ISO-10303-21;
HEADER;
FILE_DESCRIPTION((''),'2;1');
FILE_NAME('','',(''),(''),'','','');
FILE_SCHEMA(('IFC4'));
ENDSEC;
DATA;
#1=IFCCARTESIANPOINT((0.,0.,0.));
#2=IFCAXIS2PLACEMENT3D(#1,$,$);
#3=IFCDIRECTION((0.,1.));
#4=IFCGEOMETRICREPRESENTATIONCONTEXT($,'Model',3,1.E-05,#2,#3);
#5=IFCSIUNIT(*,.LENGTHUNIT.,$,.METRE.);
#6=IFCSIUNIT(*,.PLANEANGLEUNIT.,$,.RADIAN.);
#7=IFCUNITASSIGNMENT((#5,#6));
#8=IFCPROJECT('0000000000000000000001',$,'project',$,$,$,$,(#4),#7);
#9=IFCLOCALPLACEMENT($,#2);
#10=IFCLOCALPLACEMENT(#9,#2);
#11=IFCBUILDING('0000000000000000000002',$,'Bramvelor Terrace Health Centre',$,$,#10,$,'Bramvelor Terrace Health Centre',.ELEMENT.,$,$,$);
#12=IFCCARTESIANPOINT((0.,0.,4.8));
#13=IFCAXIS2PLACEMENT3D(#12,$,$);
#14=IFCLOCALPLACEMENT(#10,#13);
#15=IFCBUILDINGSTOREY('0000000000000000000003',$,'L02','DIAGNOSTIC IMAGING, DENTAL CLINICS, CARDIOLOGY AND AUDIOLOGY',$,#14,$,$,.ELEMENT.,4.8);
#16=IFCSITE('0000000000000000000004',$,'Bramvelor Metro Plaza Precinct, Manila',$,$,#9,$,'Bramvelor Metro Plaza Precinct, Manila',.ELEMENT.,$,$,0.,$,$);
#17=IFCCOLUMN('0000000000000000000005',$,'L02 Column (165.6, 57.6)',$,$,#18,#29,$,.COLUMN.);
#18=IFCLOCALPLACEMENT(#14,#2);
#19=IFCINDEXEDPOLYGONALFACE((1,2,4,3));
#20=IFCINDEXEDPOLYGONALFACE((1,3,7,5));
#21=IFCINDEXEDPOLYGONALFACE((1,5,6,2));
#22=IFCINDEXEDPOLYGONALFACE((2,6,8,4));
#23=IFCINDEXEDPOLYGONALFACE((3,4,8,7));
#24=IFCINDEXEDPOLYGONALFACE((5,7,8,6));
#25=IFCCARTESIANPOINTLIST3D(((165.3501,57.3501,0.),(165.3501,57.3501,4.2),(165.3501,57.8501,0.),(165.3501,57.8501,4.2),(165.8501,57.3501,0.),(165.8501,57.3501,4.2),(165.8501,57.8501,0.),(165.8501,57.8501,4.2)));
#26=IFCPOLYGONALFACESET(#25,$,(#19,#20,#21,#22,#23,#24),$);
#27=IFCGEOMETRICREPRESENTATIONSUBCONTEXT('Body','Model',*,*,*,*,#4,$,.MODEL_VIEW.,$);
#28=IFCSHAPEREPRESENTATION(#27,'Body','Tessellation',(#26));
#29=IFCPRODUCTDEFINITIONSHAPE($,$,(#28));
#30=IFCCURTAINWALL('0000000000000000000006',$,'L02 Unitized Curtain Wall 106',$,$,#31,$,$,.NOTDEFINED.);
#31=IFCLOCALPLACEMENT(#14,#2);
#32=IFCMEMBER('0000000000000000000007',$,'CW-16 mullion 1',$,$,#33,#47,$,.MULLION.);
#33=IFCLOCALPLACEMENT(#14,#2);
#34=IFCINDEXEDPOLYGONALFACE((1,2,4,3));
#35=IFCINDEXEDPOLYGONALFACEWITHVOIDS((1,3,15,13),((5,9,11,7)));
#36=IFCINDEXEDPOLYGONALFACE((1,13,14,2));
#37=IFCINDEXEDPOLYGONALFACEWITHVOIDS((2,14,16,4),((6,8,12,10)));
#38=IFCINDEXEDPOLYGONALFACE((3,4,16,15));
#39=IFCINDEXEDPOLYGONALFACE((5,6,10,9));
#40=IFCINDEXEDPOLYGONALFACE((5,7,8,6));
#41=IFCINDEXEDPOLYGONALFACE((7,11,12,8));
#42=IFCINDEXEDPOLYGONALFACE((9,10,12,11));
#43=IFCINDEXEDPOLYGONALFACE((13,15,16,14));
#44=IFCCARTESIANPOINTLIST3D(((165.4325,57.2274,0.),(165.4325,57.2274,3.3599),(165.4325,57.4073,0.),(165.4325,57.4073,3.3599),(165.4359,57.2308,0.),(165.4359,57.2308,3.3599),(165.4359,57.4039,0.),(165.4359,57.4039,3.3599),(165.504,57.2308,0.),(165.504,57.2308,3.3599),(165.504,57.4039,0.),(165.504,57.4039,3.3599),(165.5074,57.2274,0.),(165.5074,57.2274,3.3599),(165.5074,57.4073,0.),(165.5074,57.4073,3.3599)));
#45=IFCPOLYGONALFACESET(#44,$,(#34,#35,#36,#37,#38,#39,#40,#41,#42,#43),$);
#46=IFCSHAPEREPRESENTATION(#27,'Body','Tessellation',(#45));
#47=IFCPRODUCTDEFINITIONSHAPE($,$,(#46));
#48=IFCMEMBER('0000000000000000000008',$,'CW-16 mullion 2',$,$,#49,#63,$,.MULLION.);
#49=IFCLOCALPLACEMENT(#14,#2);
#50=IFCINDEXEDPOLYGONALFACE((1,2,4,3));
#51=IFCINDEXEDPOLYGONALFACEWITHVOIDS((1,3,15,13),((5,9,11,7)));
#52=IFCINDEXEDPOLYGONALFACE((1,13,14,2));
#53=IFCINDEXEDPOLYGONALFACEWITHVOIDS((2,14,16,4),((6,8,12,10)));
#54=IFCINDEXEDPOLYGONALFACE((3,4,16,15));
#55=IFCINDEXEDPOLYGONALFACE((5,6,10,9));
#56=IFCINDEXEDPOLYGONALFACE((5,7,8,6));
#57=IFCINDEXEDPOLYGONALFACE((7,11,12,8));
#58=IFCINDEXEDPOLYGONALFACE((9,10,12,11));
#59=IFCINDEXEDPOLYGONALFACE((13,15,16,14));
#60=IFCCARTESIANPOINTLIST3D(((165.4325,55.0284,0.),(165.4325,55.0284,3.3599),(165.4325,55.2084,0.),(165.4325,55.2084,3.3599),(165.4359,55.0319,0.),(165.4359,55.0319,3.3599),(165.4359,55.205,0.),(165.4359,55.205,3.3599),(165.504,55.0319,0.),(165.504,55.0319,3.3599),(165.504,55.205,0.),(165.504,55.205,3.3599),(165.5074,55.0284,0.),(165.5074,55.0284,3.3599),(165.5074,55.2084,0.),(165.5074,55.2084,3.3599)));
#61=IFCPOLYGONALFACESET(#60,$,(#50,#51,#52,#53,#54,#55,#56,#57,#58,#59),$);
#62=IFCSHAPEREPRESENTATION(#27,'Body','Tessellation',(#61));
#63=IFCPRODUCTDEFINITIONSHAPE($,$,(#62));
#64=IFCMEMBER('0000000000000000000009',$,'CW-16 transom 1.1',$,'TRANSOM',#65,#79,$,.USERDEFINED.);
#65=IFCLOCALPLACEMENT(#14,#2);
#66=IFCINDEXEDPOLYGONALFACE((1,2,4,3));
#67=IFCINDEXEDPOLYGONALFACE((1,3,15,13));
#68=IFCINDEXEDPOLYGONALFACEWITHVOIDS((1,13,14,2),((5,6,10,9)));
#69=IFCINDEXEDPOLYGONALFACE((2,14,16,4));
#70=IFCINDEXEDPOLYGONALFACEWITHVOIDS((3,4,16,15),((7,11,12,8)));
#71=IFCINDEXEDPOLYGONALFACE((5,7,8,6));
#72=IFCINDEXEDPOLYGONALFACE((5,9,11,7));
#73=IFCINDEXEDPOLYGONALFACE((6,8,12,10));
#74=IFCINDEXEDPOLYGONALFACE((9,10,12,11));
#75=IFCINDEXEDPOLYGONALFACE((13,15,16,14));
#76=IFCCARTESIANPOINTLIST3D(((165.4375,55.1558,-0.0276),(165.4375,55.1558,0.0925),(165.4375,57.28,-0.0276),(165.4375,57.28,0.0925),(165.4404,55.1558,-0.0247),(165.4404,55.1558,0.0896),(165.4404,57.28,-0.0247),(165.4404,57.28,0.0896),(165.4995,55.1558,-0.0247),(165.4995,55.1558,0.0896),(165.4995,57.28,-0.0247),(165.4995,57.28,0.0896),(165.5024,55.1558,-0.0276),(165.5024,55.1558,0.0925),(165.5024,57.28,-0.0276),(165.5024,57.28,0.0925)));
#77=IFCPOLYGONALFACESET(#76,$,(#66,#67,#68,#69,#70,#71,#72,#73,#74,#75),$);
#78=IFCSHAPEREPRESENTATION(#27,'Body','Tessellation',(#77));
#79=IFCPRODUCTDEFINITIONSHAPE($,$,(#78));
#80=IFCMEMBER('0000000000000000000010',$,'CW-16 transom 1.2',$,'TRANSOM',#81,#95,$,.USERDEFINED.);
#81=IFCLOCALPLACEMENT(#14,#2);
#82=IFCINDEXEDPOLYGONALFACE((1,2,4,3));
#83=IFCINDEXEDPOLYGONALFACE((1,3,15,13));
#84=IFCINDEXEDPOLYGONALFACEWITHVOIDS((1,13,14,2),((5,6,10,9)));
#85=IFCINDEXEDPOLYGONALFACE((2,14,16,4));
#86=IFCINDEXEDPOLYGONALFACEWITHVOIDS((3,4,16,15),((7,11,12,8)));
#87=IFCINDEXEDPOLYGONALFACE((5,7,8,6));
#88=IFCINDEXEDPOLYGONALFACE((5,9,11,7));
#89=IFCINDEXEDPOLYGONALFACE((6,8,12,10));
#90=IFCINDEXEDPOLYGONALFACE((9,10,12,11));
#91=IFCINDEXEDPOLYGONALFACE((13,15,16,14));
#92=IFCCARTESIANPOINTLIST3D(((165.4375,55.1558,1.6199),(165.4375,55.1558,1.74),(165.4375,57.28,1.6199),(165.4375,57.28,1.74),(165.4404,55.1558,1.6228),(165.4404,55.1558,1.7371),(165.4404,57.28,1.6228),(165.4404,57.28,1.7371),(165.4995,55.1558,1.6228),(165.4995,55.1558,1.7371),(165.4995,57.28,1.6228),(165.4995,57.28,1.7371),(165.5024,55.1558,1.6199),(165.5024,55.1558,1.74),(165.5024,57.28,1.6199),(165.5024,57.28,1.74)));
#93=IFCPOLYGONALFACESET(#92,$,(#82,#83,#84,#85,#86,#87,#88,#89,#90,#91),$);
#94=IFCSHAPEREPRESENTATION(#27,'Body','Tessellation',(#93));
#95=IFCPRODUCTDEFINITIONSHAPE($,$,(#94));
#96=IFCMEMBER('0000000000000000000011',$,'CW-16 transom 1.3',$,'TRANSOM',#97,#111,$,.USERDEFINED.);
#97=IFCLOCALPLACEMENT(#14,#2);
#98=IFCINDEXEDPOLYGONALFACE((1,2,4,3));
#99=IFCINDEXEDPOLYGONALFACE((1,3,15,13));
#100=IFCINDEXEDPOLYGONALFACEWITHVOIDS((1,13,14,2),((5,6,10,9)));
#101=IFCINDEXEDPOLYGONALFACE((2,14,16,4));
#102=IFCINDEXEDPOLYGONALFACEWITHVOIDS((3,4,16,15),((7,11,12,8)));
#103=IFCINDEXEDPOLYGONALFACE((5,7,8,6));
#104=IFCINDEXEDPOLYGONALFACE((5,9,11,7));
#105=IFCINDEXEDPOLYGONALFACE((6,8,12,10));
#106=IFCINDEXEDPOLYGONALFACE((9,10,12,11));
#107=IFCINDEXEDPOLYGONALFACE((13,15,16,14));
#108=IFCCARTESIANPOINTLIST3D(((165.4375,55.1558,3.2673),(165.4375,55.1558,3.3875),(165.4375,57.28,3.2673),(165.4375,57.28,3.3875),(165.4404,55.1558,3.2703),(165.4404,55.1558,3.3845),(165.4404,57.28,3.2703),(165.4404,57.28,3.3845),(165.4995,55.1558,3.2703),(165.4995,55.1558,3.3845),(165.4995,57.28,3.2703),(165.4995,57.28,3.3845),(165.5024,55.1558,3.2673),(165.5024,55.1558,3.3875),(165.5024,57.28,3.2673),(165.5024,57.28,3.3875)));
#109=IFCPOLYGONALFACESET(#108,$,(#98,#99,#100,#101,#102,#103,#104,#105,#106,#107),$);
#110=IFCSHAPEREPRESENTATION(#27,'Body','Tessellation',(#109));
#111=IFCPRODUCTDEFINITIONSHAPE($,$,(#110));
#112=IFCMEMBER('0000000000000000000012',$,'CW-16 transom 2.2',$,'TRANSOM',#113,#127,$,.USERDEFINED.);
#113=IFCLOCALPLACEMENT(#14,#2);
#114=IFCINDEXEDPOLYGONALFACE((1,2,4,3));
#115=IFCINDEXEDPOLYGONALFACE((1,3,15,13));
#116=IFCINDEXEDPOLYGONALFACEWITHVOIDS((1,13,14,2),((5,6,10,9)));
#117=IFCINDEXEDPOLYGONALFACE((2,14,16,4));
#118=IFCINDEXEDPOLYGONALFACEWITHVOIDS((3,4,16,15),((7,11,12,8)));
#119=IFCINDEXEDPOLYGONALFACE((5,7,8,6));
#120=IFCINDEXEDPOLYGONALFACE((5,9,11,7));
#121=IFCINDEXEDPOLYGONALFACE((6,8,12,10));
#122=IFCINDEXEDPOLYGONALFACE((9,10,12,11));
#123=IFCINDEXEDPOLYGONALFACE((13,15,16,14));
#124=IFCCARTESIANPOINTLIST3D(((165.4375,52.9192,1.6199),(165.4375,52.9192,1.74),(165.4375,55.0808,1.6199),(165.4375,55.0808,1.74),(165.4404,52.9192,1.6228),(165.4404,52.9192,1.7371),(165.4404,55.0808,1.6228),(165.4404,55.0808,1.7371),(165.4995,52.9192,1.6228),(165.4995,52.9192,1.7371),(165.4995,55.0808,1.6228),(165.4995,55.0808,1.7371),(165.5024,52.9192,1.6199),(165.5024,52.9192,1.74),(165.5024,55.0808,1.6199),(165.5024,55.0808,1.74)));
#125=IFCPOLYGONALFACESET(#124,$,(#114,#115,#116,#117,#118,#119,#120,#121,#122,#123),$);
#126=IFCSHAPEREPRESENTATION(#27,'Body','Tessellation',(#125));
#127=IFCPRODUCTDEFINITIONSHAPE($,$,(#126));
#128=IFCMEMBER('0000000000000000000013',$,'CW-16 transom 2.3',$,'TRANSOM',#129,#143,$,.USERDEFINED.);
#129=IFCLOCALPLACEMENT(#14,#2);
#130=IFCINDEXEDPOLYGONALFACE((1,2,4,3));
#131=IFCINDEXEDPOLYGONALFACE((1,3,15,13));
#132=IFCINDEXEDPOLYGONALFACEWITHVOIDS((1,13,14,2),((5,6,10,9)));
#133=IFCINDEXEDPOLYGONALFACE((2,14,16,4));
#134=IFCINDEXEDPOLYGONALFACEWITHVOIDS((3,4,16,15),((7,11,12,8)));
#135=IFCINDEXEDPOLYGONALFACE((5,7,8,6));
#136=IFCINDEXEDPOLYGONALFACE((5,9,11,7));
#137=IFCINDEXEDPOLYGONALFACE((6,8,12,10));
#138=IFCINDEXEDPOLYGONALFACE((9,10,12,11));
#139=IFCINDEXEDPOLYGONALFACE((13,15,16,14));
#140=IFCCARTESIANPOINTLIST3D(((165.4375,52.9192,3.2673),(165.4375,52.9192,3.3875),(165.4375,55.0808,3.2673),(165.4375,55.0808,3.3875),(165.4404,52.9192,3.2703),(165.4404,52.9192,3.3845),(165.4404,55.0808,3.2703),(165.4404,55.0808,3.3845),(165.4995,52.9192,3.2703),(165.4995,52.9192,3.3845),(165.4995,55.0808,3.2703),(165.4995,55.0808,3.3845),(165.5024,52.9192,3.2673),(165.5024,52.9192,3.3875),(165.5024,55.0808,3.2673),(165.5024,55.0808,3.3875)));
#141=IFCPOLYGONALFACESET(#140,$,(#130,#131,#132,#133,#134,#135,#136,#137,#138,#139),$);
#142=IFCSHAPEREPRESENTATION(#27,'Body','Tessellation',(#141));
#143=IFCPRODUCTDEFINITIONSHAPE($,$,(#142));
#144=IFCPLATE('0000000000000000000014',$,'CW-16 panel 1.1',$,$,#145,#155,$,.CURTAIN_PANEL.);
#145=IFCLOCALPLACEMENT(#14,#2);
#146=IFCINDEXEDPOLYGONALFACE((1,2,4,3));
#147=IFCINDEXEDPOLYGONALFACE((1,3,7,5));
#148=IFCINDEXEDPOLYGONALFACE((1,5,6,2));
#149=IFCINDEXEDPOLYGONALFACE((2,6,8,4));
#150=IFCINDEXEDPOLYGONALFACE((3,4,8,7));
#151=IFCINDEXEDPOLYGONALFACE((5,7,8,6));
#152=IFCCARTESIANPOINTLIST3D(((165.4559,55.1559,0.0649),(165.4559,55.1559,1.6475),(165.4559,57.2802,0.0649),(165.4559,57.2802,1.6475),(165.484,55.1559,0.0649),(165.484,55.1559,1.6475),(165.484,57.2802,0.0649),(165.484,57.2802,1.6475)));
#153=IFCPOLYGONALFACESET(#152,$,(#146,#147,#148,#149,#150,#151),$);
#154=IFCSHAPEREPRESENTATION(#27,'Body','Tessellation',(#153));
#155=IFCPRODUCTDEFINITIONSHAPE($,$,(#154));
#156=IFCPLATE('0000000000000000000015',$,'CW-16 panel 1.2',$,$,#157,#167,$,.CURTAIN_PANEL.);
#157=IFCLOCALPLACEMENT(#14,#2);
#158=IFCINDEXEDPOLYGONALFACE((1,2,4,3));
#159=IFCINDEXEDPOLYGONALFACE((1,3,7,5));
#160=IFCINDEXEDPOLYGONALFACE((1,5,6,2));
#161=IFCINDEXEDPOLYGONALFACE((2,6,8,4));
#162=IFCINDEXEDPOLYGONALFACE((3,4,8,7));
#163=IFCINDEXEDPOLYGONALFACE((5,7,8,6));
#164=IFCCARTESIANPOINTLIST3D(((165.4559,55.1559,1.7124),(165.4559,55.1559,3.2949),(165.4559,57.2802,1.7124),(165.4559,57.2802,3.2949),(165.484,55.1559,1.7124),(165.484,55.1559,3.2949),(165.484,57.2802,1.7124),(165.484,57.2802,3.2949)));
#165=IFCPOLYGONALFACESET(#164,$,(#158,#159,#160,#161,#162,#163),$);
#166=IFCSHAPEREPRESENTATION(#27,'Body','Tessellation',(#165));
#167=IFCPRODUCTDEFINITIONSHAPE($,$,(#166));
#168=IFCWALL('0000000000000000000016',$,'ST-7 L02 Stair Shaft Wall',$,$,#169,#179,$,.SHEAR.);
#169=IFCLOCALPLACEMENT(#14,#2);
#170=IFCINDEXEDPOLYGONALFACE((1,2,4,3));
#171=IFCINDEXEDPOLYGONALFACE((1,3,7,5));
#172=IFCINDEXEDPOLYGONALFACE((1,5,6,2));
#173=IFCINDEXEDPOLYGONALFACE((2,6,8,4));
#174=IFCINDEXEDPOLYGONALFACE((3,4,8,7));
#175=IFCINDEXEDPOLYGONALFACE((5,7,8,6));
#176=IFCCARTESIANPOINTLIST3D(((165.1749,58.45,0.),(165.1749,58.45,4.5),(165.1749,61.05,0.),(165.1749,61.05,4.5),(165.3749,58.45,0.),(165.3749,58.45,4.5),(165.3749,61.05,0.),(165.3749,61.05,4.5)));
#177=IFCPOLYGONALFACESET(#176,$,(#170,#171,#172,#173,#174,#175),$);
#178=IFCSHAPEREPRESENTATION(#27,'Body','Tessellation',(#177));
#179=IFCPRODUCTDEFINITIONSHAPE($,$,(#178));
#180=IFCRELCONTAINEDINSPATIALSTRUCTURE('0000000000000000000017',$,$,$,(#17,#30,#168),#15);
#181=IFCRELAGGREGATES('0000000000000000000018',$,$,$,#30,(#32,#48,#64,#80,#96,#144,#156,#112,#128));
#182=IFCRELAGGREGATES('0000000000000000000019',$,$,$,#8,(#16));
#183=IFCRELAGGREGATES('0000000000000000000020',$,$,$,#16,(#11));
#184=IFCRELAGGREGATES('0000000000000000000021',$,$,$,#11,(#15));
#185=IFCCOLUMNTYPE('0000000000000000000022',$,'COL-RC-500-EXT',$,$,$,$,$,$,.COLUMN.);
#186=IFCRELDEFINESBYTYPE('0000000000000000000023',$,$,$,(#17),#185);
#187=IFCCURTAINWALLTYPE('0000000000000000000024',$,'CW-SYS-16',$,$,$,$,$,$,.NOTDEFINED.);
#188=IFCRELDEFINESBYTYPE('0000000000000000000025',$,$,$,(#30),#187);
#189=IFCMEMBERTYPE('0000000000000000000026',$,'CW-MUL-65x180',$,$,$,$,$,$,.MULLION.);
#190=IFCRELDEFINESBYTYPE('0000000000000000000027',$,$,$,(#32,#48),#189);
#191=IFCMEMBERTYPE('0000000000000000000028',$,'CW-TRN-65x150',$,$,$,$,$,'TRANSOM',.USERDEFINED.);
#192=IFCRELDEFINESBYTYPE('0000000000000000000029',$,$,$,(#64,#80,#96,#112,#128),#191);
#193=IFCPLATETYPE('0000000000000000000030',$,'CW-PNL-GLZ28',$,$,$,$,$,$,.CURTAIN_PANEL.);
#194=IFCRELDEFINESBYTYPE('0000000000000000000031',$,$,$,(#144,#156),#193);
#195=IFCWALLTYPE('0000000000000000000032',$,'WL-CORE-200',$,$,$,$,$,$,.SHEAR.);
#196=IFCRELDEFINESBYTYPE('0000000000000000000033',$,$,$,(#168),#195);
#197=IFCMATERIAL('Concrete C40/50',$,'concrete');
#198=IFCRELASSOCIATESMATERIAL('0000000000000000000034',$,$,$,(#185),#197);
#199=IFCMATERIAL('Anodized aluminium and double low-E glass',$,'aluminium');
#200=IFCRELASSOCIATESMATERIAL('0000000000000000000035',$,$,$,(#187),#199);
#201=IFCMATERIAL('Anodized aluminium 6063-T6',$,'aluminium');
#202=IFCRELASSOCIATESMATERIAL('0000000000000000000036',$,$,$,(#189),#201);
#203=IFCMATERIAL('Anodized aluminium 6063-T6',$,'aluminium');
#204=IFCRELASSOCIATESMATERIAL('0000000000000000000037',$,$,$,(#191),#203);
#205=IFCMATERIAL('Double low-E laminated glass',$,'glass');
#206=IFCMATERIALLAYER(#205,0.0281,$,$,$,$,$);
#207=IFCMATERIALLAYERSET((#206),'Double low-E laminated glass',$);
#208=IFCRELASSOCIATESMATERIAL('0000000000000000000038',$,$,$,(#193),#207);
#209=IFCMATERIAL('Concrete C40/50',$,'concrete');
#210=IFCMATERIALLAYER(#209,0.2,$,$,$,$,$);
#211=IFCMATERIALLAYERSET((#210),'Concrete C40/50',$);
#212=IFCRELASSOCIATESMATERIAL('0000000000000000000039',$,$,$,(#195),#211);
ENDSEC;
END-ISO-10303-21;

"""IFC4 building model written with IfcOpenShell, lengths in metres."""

from ifc_helpers import new_model, si_unit, direction, frame, frame_2d, origin, origin_2d, place, context, subcontext, project, spatial, rectangle, hollow_rectangle, extrude, material, layer, layer_set, material_profile, profile_set, type_object, element, aggregate, save


model = new_model("IFC4")

# Units and contexts
model_context = context("Model", 3, precision=1e-05, world=origin(), true_north=direction((0.0, 1.0)))
body_context = subcontext(model_context, "Body", "Model", "MODEL_VIEW")
ifc_project = project(units=[si_unit("LENGTHUNIT", "METRE"), si_unit("PLANEANGLEUNIT", "RADIAN")], contexts=[model_context])

# Site, building, storey
site_placement = place(None, origin())
site = spatial("IfcSite", under=ifc_project, at=site_placement, Name="Bramvelor Metro Plaza Precinct, Manila", LongName="Bramvelor Metro Plaza Precinct, Manila", CompositionType="ELEMENT", RefElevation=0.0)
building_placement = place(site_placement, origin())
building = spatial("IfcBuilding", under=site, at=building_placement, Name="Bramvelor Terrace Health Centre", LongName="Bramvelor Terrace Health Centre", CompositionType="ELEMENT")
storey_placement = place(building_placement, frame((0.0, 0.0, 4.8)))
storey = spatial("IfcBuildingStorey", under=building, at=storey_placement, Name="L02", Description="DIAGNOSTIC IMAGING, DENTAL CLINICS, CARDIOLOGY AND AUDIOLOGY", CompositionType="ELEMENT", Elevation=4.8)

# Column
ifc_material_1 = material(Name="Concrete C40/50", Category="concrete")
ifc_material_profile_1 = material_profile(ifc_material_1, rectangle(XDim=0.5, YDim=0.5, at=origin_2d()), Name="RC 500x500")
ifc_profile_set_1 = profile_set([ifc_material_profile_1], Name="Concrete C40/50")
column_type = type_object("IfcColumnType", Name="COL-RC-500-EXT", PredefinedType="COLUMN", material=ifc_profile_set_1)
column_placement = place(storey_placement, frame((165.6001, 57.6001, 0.0), z_axis=(0.0, 0.0, 1.0), x_axis=(1.0, 0.0, 0.0)))
element("IfcColumn", 1, at=column_placement, inside=storey, type_object=column_type, Name="L02 Column (165.6, 57.6)", PredefinedType="COLUMN", context=body_context, shape_type="SweptSolid", body=[
    extrude(rectangle(XDim=0.5, YDim=0.5, at=origin_2d()), origin(), (0.0, 0.0, 1.0), 4.2),
])

# Curtain wall, members, plates
ifc_material_2 = material(Name="Anodized aluminium and double low-E glass", Category="aluminium")
curtain_wall_type = type_object("IfcCurtainWallType", Name="CW-SYS-16", PredefinedType="NOTDEFINED", material=ifc_material_2)
curtain_wall_placement = place(storey_placement, origin())
curtain_wall = element("IfcCurtainWall", 2, at=curtain_wall_placement, inside=storey, type_object=curtain_wall_type, Name="L02 Unitized Curtain Wall 106", PredefinedType="NOTDEFINED")
ifc_material_3 = material(Name="Anodized aluminium 6063-T6", Category="aluminium")
ifc_material_profile_2 = material_profile(ifc_material_3, hollow_rectangle(XDim=0.075, YDim=0.1799, WallThickness=0.0034, at=origin_2d()), Name="ALU-MUL 75x180x3.5")
ifc_profile_set_2 = profile_set([ifc_material_profile_2], Name="Anodized aluminium 6063-T6")
member_type_1 = type_object("IfcMemberType", Name="CW-MUL-65x180", PredefinedType="MULLION", material=ifc_profile_set_2)
member_1_placement = place(storey_placement, frame((165.47, 57.3174, 0.0), z_axis=(0.0, 0.0, 1.0), x_axis=(1.0, 0.0, 0.0)))
member_1 = element("IfcMember", 3, at=member_1_placement, type_object=member_type_1, Name="CW-16 mullion 1", PredefinedType="MULLION", context=body_context, shape_type="SweptSolid", body=[
    extrude(hollow_rectangle(XDim=0.075, YDim=0.1799, WallThickness=0.0034, at=origin_2d()), origin(), (0.0, 0.0, 1.0), 3.3599),
])
member_2_placement = place(storey_placement, frame((165.47, 55.1184, 0.0), z_axis=(0.0, 0.0, 1.0), x_axis=(1.0, 0.0, 0.0)))
member_2 = element("IfcMember", 4, at=member_2_placement, type_object=member_type_1, Name="CW-16 mullion 2", PredefinedType="MULLION", context=body_context, shape_type="SweptSolid", body=[
    extrude(hollow_rectangle(XDim=0.075, YDim=0.1799, WallThickness=0.0034, at=origin_2d()), origin(), (0.0, 0.0, 1.0), 3.3599),
])
ifc_material_4 = material(Name="Anodized aluminium 6063-T6", Category="aluminium")
ifc_material_profile_3 = material_profile(ifc_material_4, hollow_rectangle(XDim=0.0649, YDim=0.1201, WallThickness=0.0029, at=origin_2d()), Name="ALU-TRN 65x120x3.0")
ifc_profile_set_3 = profile_set([ifc_material_profile_3], Name="Anodized aluminium 6063-T6")
member_type_2 = type_object("IfcMemberType", Name="CW-TRN-65x150", ElementType="TRANSOM", PredefinedType="USERDEFINED", material=ifc_profile_set_3)
member_3_placement = place(storey_placement, frame((165.47, 57.28, 0.0325), z_axis=(0.0, -1.0, 0.0), x_axis=(1.0, 0.0, 0.0)))
member_3 = element("IfcMember", 5, at=member_3_placement, type_object=member_type_2, Name="CW-16 transom 1.1", ObjectType="TRANSOM", PredefinedType="USERDEFINED", context=body_context, shape_type="SweptSolid", body=[
    extrude(hollow_rectangle(XDim=0.0649, YDim=0.1201, WallThickness=0.0029, at=origin_2d()), origin(), (0.0, 0.0, 1.0), 2.1243),
])
member_4_placement = place(storey_placement, frame((165.47, 57.28, 1.6799), z_axis=(0.0, -1.0, 0.0), x_axis=(1.0, 0.0, 0.0)))
member_4 = element("IfcMember", 6, at=member_4_placement, type_object=member_type_2, Name="CW-16 transom 1.2", ObjectType="TRANSOM", PredefinedType="USERDEFINED", context=body_context, shape_type="SweptSolid", body=[
    extrude(hollow_rectangle(XDim=0.0649, YDim=0.1201, WallThickness=0.0029, at=origin_2d()), origin(), (0.0, 0.0, 1.0), 2.1243),
])
member_5_placement = place(storey_placement, frame((165.47, 57.28, 3.3274), z_axis=(0.0, -1.0, 0.0), x_axis=(1.0, 0.0, 0.0)))
member_5 = element("IfcMember", 7, at=member_5_placement, type_object=member_type_2, Name="CW-16 transom 1.3", ObjectType="TRANSOM", PredefinedType="USERDEFINED", context=body_context, shape_type="SweptSolid", body=[
    extrude(hollow_rectangle(XDim=0.0649, YDim=0.1201, WallThickness=0.0029, at=origin_2d()), origin(), (0.0, 0.0, 1.0), 2.1243),
])
member_6_placement = place(storey_placement, frame((165.47, 55.0808, 1.6799), z_axis=(0.0, -1.0, 0.0), x_axis=(1.0, 0.0, 0.0)))
member_6 = element("IfcMember", 8, at=member_6_placement, type_object=member_type_2, Name="CW-16 transom 2.2", ObjectType="TRANSOM", PredefinedType="USERDEFINED", context=body_context, shape_type="SweptSolid", body=[
    extrude(hollow_rectangle(XDim=0.0649, YDim=0.1201, WallThickness=0.0029, at=origin_2d()), origin(), (0.0, 0.0, 1.0), 2.1616),
])
member_7_placement = place(storey_placement, frame((165.47, 55.0808, 3.3274), z_axis=(0.0, -1.0, 0.0), x_axis=(1.0, 0.0, 0.0)))
member_7 = element("IfcMember", 9, at=member_7_placement, type_object=member_type_2, Name="CW-16 transom 2.3", ObjectType="TRANSOM", PredefinedType="USERDEFINED", context=body_context, shape_type="SweptSolid", body=[
    extrude(hollow_rectangle(XDim=0.0649, YDim=0.1201, WallThickness=0.0029, at=origin_2d()), origin(), (0.0, 0.0, 1.0), 2.1616),
])
ifc_material_5 = material(Name="Double low-E laminated glass", Category="glass")
ifc_layer_1 = layer(ifc_material_5, 0.0281)
ifc_layer_set_1 = layer_set([ifc_layer_1], Name="Double low-E laminated glass")
plate_type = type_object("IfcPlateType", Name="CW-PNL-GLZ28", PredefinedType="CURTAIN_PANEL", material=ifc_layer_set_1)
plate_1_placement = place(storey_placement, frame((165.47, 56.218, 0.0649), z_axis=(0.0, 0.0, 1.0), x_axis=(0.0, -1.0, 0.0)))
plate_1 = element("IfcPlate", 10, at=plate_1_placement, type_object=plate_type, Name="CW-16 panel 1.1", PredefinedType="CURTAIN_PANEL", context=body_context, shape_type="SweptSolid", body=[
    extrude(rectangle(XDim=2.1243, YDim=0.0281, at=origin_2d()), origin(), (0.0, 0.0, 1.0), 1.5825),
])
plate_2_placement = place(storey_placement, frame((165.47, 56.218, 1.7124), z_axis=(0.0, 0.0, 1.0), x_axis=(0.0, -1.0, 0.0)))
plate_2 = element("IfcPlate", 11, at=plate_2_placement, type_object=plate_type, Name="CW-16 panel 1.2", PredefinedType="CURTAIN_PANEL", context=body_context, shape_type="SweptSolid", body=[
    extrude(rectangle(XDim=2.1243, YDim=0.0281, at=origin_2d()), origin(), (0.0, 0.0, 1.0), 1.5825),
])
aggregate(curtain_wall, [member_1, member_2, member_3, member_4, member_5, plate_1, plate_2, member_6, member_7])

# Wall
ifc_material_6 = material(Name="Concrete C40/50", Category="concrete")
ifc_layer_2 = layer(ifc_material_6, 0.2)
ifc_layer_set_2 = layer_set([ifc_layer_2], Name="Concrete C40/50")
wall_type_1 = type_object("IfcWallType", Name="WL-CORE-200", PredefinedType="SHEAR", material=ifc_layer_set_2)
wall_1_placement = place(storey_placement, frame((165.2749, 58.45, 0.0), z_axis=(0.0, 0.0, 1.0), x_axis=(0.0, 1.0, 0.0)))
element("IfcWall", 12, at=wall_1_placement, inside=storey, type_object=wall_type_1, Name="ST-7 L02 Stair Shaft Wall", PredefinedType="SHEAR", context=body_context, shape_type="SweptSolid", body=[
    extrude(rectangle(XDim=2.6001, YDim=0.2, at=frame_2d((1.3, 0.0))), origin(), (0.0, 0.0, 1.0), 4.5),
])

save(model, "model.ifc")
